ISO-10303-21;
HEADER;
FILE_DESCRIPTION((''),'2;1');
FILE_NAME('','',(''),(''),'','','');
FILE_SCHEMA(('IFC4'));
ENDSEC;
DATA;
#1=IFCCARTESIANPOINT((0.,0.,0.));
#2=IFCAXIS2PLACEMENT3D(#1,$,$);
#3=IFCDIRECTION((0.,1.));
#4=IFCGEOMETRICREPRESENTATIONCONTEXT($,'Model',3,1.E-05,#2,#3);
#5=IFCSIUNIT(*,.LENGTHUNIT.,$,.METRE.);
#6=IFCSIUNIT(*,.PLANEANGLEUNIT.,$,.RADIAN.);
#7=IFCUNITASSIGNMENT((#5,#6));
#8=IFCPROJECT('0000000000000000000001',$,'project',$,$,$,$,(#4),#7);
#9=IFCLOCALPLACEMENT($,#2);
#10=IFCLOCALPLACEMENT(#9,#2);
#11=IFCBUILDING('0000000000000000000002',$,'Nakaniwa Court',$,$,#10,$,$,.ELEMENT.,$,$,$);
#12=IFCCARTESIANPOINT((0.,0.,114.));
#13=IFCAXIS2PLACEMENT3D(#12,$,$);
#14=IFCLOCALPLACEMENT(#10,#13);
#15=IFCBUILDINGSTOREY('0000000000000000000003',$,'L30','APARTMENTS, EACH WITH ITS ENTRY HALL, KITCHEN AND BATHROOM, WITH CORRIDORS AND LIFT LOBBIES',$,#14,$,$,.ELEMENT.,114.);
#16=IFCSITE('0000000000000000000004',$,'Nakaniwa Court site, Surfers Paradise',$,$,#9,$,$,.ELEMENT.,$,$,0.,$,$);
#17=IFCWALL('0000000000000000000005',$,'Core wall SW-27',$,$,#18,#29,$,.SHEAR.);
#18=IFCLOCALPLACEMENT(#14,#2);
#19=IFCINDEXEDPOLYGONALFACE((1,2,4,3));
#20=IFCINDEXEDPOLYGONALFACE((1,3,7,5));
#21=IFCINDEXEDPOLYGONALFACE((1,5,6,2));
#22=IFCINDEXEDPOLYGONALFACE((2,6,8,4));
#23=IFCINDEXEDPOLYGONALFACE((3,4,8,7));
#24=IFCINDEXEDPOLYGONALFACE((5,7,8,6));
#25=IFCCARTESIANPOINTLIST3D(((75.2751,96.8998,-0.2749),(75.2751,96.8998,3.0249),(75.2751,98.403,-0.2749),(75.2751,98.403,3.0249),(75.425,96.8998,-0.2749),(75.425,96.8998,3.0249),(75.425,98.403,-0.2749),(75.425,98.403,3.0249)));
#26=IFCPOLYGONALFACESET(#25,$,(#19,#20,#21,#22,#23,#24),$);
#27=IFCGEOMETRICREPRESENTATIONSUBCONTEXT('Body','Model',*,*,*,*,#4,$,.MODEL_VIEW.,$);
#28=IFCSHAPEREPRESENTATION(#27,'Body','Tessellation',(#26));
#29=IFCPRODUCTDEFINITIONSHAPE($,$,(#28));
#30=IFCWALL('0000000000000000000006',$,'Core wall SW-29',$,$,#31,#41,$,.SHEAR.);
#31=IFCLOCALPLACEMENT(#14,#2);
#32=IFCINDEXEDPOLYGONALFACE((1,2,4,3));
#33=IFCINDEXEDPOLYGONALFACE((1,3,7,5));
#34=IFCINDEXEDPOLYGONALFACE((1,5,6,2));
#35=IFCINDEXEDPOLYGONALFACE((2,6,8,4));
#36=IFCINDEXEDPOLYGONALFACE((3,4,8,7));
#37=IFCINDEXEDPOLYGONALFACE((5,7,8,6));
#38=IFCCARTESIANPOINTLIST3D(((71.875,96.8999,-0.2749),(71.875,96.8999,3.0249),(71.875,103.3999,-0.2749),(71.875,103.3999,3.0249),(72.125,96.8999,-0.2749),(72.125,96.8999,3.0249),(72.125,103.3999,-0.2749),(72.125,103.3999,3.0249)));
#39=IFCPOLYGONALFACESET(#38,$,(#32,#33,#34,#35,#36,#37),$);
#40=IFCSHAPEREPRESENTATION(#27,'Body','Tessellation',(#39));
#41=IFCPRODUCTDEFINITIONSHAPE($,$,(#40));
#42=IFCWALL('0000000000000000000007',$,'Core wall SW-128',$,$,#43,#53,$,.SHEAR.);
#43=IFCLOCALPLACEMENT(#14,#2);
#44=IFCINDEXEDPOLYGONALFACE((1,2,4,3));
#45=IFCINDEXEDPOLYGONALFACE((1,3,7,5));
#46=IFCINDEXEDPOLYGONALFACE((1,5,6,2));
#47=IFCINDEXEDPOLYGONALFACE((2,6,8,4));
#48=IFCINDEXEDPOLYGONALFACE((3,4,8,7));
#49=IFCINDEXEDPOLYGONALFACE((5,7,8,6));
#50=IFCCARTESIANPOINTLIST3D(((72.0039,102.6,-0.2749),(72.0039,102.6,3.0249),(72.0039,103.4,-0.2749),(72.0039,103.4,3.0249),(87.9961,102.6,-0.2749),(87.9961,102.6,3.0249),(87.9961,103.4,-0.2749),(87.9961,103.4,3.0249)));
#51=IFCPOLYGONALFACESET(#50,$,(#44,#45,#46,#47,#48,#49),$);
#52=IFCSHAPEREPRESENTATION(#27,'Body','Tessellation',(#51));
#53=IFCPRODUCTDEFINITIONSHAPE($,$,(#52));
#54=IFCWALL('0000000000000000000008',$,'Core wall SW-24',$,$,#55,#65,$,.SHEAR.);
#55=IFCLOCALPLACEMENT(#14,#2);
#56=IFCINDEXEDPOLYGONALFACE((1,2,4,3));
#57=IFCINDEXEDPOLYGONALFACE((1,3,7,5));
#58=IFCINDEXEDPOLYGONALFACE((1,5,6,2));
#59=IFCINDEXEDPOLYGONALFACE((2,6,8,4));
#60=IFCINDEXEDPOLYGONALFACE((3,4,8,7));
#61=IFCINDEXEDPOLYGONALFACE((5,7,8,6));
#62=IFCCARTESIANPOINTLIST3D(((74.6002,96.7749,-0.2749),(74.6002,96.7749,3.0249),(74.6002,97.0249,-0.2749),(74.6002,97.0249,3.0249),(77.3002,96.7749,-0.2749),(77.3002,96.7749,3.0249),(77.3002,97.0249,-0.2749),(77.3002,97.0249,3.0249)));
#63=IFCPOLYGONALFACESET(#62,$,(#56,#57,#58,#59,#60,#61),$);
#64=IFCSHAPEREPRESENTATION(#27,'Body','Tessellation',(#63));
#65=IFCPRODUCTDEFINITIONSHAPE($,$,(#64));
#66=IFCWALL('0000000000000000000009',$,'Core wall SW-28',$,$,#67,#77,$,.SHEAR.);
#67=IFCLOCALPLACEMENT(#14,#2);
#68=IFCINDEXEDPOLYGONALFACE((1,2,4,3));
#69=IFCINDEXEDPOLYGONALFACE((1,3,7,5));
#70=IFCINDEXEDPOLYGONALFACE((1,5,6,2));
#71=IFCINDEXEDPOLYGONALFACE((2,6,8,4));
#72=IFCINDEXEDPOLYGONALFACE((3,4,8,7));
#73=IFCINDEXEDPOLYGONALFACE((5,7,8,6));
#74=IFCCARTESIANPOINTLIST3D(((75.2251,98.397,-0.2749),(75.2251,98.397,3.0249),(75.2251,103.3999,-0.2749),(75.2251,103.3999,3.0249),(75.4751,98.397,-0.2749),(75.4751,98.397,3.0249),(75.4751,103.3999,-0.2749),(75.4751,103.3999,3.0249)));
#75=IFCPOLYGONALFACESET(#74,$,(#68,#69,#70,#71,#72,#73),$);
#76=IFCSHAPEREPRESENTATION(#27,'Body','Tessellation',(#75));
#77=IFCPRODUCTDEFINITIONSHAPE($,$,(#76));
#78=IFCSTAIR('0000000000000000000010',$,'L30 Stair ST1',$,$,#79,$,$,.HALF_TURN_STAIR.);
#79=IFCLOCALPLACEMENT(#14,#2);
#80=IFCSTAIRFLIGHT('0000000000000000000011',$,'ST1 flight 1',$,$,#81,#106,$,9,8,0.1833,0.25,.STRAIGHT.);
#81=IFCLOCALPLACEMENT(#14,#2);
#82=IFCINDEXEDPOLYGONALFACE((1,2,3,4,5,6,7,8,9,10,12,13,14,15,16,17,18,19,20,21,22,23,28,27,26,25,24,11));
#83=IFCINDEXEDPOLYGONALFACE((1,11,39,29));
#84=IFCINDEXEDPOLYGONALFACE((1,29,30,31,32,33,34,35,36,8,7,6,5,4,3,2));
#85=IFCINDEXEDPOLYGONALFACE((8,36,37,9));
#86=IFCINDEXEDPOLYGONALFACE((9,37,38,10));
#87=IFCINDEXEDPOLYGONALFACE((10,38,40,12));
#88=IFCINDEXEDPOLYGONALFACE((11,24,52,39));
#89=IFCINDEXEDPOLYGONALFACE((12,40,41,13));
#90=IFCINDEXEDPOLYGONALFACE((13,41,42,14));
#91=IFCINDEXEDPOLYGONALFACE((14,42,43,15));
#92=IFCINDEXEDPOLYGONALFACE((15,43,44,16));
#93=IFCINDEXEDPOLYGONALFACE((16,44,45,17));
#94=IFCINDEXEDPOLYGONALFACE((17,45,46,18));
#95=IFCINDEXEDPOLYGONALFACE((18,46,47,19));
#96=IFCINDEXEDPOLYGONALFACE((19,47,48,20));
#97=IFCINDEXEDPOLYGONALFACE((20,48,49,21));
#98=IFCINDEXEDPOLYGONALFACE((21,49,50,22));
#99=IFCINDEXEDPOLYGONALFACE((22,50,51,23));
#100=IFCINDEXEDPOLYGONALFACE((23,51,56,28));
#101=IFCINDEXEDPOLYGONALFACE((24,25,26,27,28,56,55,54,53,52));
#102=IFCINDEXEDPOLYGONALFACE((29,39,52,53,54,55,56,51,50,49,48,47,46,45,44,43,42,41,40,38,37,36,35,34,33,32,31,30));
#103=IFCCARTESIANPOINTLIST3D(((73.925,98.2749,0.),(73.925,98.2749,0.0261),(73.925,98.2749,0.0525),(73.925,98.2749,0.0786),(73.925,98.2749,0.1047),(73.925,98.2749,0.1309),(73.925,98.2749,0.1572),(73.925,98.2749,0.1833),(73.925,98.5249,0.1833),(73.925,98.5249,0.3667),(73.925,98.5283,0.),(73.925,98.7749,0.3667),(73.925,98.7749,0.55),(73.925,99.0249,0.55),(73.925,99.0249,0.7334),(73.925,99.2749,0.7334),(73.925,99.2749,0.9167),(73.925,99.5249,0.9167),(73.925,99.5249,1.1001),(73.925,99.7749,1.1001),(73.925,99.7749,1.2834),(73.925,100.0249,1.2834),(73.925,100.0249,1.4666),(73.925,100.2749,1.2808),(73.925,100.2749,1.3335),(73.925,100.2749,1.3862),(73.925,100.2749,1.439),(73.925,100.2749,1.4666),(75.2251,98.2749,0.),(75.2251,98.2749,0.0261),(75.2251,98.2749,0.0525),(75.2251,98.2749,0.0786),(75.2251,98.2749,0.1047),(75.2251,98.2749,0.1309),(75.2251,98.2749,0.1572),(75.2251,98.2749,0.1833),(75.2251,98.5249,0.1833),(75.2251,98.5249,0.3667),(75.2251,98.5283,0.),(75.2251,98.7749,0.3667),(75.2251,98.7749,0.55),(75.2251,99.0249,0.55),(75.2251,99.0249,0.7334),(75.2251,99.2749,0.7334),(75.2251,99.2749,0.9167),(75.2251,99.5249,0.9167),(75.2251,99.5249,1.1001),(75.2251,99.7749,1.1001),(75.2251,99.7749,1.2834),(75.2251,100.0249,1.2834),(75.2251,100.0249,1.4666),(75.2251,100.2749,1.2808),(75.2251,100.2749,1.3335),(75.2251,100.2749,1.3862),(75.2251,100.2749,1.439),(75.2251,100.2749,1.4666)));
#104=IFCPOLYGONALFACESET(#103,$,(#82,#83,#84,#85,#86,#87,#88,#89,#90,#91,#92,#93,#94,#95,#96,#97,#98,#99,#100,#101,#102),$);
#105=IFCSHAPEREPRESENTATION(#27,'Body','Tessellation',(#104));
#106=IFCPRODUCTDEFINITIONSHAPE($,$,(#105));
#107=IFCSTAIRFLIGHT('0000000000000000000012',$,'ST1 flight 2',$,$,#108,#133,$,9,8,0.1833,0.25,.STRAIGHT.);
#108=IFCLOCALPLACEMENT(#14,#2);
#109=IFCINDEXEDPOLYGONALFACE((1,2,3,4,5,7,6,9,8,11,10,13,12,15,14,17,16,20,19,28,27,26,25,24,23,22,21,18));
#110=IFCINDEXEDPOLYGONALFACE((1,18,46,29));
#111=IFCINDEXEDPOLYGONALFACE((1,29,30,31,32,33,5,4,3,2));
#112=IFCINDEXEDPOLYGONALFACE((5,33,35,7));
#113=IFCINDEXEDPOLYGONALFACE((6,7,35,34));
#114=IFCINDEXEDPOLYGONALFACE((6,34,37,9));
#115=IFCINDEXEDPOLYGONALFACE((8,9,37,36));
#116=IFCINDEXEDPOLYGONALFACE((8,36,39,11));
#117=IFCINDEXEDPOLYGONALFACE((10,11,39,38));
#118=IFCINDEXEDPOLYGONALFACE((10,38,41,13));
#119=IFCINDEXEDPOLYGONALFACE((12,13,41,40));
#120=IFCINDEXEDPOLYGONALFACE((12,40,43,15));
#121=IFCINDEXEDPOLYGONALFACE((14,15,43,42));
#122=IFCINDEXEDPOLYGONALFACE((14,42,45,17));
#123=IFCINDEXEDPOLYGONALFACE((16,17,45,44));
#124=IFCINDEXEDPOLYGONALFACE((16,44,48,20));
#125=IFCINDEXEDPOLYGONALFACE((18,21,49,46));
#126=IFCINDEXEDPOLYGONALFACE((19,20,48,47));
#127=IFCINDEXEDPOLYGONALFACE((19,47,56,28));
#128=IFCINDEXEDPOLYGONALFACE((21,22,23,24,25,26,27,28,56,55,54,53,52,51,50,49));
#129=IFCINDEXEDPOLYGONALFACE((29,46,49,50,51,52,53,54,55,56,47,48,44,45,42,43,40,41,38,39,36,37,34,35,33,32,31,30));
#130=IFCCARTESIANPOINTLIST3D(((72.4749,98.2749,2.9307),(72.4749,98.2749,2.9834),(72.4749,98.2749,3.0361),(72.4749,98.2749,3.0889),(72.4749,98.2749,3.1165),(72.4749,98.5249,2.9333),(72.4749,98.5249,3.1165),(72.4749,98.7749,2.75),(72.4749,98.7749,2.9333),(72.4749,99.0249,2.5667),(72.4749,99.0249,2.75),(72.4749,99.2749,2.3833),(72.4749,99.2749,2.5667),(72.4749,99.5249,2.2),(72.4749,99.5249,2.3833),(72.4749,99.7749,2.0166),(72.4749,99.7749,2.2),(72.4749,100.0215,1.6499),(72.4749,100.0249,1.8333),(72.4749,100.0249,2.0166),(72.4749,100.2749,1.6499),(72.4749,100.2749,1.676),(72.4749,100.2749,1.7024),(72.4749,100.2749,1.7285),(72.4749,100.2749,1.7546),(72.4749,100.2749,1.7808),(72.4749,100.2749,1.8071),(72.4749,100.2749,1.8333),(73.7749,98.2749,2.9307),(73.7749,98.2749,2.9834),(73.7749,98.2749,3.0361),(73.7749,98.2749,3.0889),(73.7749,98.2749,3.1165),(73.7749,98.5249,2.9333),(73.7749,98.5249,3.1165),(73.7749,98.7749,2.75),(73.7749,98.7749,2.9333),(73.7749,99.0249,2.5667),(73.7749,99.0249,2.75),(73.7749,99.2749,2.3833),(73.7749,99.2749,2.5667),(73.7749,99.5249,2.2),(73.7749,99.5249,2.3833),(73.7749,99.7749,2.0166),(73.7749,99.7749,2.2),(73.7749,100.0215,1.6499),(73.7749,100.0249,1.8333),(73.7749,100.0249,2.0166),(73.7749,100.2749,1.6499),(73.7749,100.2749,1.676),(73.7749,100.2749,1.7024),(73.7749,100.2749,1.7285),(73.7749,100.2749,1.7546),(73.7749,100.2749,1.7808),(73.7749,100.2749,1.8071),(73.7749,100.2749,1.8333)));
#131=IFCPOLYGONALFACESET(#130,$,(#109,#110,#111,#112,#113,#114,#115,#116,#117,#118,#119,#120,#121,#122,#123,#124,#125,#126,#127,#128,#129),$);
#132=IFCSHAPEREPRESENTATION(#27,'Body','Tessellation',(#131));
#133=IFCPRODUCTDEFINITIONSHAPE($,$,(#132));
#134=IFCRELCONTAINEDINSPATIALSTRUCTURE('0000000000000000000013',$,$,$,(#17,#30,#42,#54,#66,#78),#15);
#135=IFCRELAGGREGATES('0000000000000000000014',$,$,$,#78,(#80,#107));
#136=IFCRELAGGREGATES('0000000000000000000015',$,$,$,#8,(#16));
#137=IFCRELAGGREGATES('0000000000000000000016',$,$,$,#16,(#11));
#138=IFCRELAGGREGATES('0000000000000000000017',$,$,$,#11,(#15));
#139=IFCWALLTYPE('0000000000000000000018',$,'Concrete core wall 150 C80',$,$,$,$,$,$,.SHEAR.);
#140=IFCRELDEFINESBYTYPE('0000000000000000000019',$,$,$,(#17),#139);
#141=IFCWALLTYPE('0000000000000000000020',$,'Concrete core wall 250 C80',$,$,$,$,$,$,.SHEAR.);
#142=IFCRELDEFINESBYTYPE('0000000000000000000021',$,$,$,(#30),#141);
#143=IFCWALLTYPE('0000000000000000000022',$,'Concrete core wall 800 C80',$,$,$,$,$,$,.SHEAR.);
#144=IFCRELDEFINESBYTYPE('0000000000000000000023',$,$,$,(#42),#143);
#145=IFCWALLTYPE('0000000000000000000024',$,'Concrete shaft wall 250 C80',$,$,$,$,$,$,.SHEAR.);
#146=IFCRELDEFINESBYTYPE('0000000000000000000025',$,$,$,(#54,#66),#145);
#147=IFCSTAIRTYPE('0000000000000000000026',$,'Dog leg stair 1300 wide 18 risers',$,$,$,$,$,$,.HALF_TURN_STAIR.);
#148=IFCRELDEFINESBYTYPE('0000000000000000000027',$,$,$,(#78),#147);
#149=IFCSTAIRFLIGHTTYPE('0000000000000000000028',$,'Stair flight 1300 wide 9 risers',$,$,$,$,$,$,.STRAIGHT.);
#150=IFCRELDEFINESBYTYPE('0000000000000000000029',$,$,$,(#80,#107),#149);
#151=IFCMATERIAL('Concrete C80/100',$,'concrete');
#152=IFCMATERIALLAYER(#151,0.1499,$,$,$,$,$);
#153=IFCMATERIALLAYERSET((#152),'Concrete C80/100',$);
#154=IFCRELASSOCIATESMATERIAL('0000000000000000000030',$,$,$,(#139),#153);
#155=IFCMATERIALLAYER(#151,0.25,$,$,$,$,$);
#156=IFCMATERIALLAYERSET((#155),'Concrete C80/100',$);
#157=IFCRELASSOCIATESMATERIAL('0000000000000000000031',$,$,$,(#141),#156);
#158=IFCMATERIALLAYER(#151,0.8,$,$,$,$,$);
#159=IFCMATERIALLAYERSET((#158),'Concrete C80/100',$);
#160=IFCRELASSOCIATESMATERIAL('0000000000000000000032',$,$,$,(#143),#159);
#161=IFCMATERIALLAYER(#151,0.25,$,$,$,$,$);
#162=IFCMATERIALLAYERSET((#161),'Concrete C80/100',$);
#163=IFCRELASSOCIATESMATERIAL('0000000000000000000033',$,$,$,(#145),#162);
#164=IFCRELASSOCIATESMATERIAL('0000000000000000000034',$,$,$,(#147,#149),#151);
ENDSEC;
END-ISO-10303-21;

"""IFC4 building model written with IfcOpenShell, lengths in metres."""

from ifc_helpers import new_model, si_unit, direction, frame, frame_2d, origin, place, context, subcontext, project, spatial, polyline, rectangle, outline, extrude, material, layer, layer_set, type_object, element, aggregate, save


model = new_model("IFC4")

# Units and contexts
model_context = context("Model", 3, precision=1e-05, world=origin(), true_north=direction((0.0, 1.0)))
body_context = subcontext(model_context, "Body", "Model", "MODEL_VIEW")
ifc_project = project(units=[si_unit("LENGTHUNIT", "METRE"), si_unit("PLANEANGLEUNIT", "RADIAN")], contexts=[model_context])

# Site, building, storey
site_placement = place(None, origin())
site = spatial("IfcSite", under=ifc_project, at=site_placement, Name="Nakaniwa Court site, Surfers Paradise", CompositionType="ELEMENT", RefElevation=0.0)
building_placement = place(site_placement, origin())
building = spatial("IfcBuilding", under=site, at=building_placement, Name="Nakaniwa Court", CompositionType="ELEMENT")
storey_placement = place(building_placement, frame((0.0, 0.0, 114.0)))
storey = spatial("IfcBuildingStorey", under=building, at=storey_placement, Name="L30", Description="APARTMENTS, EACH WITH ITS ENTRY HALL, KITCHEN AND BATHROOM, WITH CORRIDORS AND LIFT LOBBIES", CompositionType="ELEMENT", Elevation=114.0)

# Shared definitions
ifc_material_1 = material(Name="Concrete C80/100", Category="concrete")

# Shared definitions
ifc_layer_1 = layer(ifc_material_1, 0.1499)
ifc_layer_set_1 = layer_set([ifc_layer_1], Name="Concrete C80/100")
wall_type_1 = type_object("IfcWallType", Name="Concrete core wall 150 C80", PredefinedType="SHEAR", material=ifc_layer_set_1)

# Walls
wall_1_placement = place(storey_placement, frame((75.3501, 96.8999, -0.2749), z_axis=(0.0, 0.0, 1.0), x_axis=(0.0, 1.0, 0.0)))
element("IfcWall", 1, at=wall_1_placement, inside=storey, type_object=wall_type_1, Name="Core wall SW-27", PredefinedType="SHEAR", context=body_context, shape_type="SweptSolid", body=[
    extrude(rectangle(XDim=1.5032, YDim=0.1499, at=frame_2d((0.7515, 0.0))), origin(), (0.0, 0.0, 1.0), 3.2998),
])
ifc_layer_2 = layer(ifc_material_1, 0.25)
ifc_layer_set_2 = layer_set([ifc_layer_2], Name="Concrete C80/100")
wall_type_2 = type_object("IfcWallType", Name="Concrete core wall 250 C80", PredefinedType="SHEAR", material=ifc_layer_set_2)
wall_2_placement = place(storey_placement, frame((72.0, 96.8999, -0.2749), z_axis=(0.0, 0.0, 1.0), x_axis=(0.0, 1.0, 0.0)))
element("IfcWall", 2, at=wall_2_placement, inside=storey, type_object=wall_type_2, Name="Core wall SW-29", PredefinedType="SHEAR", context=body_context, shape_type="SweptSolid", body=[
    extrude(rectangle(XDim=6.5, YDim=0.25, at=frame_2d((3.25, 0.0))), origin(), (0.0, 0.0, 1.0), 3.2998),
])
ifc_layer_3 = layer(ifc_material_1, 0.8)
ifc_layer_set_3 = layer_set([ifc_layer_3], Name="Concrete C80/100")
wall_type_3 = type_object("IfcWallType", Name="Concrete core wall 800 C80", PredefinedType="SHEAR", material=ifc_layer_set_3)
wall_3_placement = place(storey_placement, frame((72.0039, 103.0, -0.2749), z_axis=(0.0, 0.0, 1.0), x_axis=(1.0, 0.0, 0.0)))
element("IfcWall", 3, at=wall_3_placement, inside=storey, type_object=wall_type_3, Name="Core wall SW-128", PredefinedType="SHEAR", context=body_context, shape_type="SweptSolid", body=[
    extrude(rectangle(XDim=15.9922, YDim=0.8, at=frame_2d((7.9961, 0.0))), origin(), (0.0, 0.0, 1.0), 3.2998),
])
ifc_layer_4 = layer(ifc_material_1, 0.25)
ifc_layer_set_4 = layer_set([ifc_layer_4], Name="Concrete C80/100")
wall_type_4 = type_object("IfcWallType", Name="Concrete shaft wall 250 C80", PredefinedType="SHEAR", material=ifc_layer_set_4)
wall_4_placement = place(storey_placement, frame((74.6001, 96.8999, -0.2749), z_axis=(0.0, 0.0, 1.0), x_axis=(1.0, 0.0, 0.0)))
element("IfcWall", 4, at=wall_4_placement, inside=storey, type_object=wall_type_4, Name="Core wall SW-24", PredefinedType="SHEAR", context=body_context, shape_type="SweptSolid", body=[
    extrude(rectangle(XDim=2.7, YDim=0.25, at=frame_2d((1.3501, 0.0))), origin(), (0.0, 0.0, 1.0), 3.2998),
])
wall_5_placement = place(storey_placement, frame((75.3501, 98.397, -0.2749), z_axis=(0.0, 0.0, 1.0), x_axis=(0.0, 1.0, 0.0)))
element("IfcWall", 5, at=wall_5_placement, inside=storey, type_object=wall_type_4, Name="Core wall SW-28", PredefinedType="SHEAR", context=body_context, shape_type="SweptSolid", body=[
    extrude(rectangle(XDim=5.0029, YDim=0.25, at=frame_2d((2.5015, 0.0))), origin(), (0.0, 0.0, 1.0), 3.2998),
])

# Stair, stair flights
stair_type = type_object("IfcStairType", Name="Dog leg stair 1300 wide 18 risers", PredefinedType="HALF_TURN_STAIR", material=ifc_material_1)
stair_placement = place(storey_placement, origin())
stair = element("IfcStair", 6, at=stair_placement, inside=storey, type_object=stair_type, Name="L30 Stair ST1", PredefinedType="HALF_TURN_STAIR")
stair_flight_type = type_object("IfcStairFlightType", Name="Stair flight 1300 wide 9 risers", PredefinedType="STRAIGHT", material=ifc_material_1)
stair_flight_1_placement = place(storey_placement, frame((74.575, 98.2749, 0.0), z_axis=(0.0, 0.0, 1.0), x_axis=(0.0, 1.0, 0.0)))
stair_flight_1 = element("IfcStairFlight", 7, at=stair_flight_1_placement, type_object=stair_flight_type, Name="ST1 flight 1", NumberOfRisers=9, NumberOfTreads=8, PredefinedType="STRAIGHT", RiserHeight=0.1833, TreadLength=0.25, context=body_context, shape_type="SweptSolid", body=[
    extrude(outline(polyline([(0.0, 0.0), (0.0, 0.0261), (0.0, 0.0525), (0.0, 0.0786), (0.0, 0.1047), (0.0, 0.1309), (0.0, 0.1572), (0.0, 0.1833), (0.25, 0.1833), (0.25, 0.3667), (0.5, 0.3667), (0.5, 0.55), (0.75, 0.55), (0.75, 0.7334), (1.0, 0.7334), (1.0, 0.9167), (1.25, 0.9167), (1.25, 1.1001), (1.5, 1.1001), (1.5, 1.2834), (1.75, 1.2834), (1.75, 1.4666), (2.0, 1.4666), (2.0, 1.6499), (2.0, 1.5972), (2.0, 1.5444), (2.0, 1.4917), (2.0, 1.439), (2.0, 1.3862), (2.0, 1.3335), (2.0, 1.2808), (0.2534, 0.0), (0.0, 0.0)])), frame((0.0, 0.6499, 0.0), z_axis=(0.0, -1.0, 0.0), x_axis=(1.0, 0.0, 0.0)), (0.0, 0.0, 1.0), 1.3),
])
stair_flight_2_placement = place(storey_placement, frame((73.125, 100.2749, 1.6499), z_axis=(0.0, 0.0, 1.0), x_axis=(0.0, -1.0, 0.0)))
stair_flight_2 = element("IfcStairFlight", 8, at=stair_flight_2_placement, type_object=stair_flight_type, Name="ST1 flight 2", NumberOfRisers=9, NumberOfTreads=8, PredefinedType="STRAIGHT", RiserHeight=0.1833, TreadLength=0.25, context=body_context, shape_type="SweptSolid", body=[
    extrude(outline(polyline([(0.0, 0.0), (0.0, 0.0261), (0.0, 0.0525), (0.0, 0.0786), (0.0, 0.1047), (0.0, 0.1309), (0.0, 0.1572), (0.0, 0.1833), (0.25, 0.1833), (0.25, 0.3667), (0.5, 0.3667), (0.5, 0.55), (0.75, 0.55), (0.75, 0.7334), (1.0, 0.7334), (1.0, 0.9167), (1.25, 0.9167), (1.25, 1.1001), (1.5, 1.1001), (1.5, 1.2834), (1.75, 1.2834), (1.75, 1.4666), (2.0, 1.4666), (2.0, 1.6499), (2.0, 1.5972), (2.0, 1.5444), (2.0, 1.4917), (2.0, 1.439), (2.0, 1.3862), (2.0, 1.3335), (2.0, 1.2808), (0.2534, 0.0), (0.0, 0.0)])), frame((0.0, 0.6499, 0.0), z_axis=(0.0, -1.0, 0.0), x_axis=(1.0, 0.0, 0.0)), (0.0, 0.0, 1.0), 1.3),
])
aggregate(stair, [stair_flight_1, stair_flight_2])

save(model, "model.ifc")
